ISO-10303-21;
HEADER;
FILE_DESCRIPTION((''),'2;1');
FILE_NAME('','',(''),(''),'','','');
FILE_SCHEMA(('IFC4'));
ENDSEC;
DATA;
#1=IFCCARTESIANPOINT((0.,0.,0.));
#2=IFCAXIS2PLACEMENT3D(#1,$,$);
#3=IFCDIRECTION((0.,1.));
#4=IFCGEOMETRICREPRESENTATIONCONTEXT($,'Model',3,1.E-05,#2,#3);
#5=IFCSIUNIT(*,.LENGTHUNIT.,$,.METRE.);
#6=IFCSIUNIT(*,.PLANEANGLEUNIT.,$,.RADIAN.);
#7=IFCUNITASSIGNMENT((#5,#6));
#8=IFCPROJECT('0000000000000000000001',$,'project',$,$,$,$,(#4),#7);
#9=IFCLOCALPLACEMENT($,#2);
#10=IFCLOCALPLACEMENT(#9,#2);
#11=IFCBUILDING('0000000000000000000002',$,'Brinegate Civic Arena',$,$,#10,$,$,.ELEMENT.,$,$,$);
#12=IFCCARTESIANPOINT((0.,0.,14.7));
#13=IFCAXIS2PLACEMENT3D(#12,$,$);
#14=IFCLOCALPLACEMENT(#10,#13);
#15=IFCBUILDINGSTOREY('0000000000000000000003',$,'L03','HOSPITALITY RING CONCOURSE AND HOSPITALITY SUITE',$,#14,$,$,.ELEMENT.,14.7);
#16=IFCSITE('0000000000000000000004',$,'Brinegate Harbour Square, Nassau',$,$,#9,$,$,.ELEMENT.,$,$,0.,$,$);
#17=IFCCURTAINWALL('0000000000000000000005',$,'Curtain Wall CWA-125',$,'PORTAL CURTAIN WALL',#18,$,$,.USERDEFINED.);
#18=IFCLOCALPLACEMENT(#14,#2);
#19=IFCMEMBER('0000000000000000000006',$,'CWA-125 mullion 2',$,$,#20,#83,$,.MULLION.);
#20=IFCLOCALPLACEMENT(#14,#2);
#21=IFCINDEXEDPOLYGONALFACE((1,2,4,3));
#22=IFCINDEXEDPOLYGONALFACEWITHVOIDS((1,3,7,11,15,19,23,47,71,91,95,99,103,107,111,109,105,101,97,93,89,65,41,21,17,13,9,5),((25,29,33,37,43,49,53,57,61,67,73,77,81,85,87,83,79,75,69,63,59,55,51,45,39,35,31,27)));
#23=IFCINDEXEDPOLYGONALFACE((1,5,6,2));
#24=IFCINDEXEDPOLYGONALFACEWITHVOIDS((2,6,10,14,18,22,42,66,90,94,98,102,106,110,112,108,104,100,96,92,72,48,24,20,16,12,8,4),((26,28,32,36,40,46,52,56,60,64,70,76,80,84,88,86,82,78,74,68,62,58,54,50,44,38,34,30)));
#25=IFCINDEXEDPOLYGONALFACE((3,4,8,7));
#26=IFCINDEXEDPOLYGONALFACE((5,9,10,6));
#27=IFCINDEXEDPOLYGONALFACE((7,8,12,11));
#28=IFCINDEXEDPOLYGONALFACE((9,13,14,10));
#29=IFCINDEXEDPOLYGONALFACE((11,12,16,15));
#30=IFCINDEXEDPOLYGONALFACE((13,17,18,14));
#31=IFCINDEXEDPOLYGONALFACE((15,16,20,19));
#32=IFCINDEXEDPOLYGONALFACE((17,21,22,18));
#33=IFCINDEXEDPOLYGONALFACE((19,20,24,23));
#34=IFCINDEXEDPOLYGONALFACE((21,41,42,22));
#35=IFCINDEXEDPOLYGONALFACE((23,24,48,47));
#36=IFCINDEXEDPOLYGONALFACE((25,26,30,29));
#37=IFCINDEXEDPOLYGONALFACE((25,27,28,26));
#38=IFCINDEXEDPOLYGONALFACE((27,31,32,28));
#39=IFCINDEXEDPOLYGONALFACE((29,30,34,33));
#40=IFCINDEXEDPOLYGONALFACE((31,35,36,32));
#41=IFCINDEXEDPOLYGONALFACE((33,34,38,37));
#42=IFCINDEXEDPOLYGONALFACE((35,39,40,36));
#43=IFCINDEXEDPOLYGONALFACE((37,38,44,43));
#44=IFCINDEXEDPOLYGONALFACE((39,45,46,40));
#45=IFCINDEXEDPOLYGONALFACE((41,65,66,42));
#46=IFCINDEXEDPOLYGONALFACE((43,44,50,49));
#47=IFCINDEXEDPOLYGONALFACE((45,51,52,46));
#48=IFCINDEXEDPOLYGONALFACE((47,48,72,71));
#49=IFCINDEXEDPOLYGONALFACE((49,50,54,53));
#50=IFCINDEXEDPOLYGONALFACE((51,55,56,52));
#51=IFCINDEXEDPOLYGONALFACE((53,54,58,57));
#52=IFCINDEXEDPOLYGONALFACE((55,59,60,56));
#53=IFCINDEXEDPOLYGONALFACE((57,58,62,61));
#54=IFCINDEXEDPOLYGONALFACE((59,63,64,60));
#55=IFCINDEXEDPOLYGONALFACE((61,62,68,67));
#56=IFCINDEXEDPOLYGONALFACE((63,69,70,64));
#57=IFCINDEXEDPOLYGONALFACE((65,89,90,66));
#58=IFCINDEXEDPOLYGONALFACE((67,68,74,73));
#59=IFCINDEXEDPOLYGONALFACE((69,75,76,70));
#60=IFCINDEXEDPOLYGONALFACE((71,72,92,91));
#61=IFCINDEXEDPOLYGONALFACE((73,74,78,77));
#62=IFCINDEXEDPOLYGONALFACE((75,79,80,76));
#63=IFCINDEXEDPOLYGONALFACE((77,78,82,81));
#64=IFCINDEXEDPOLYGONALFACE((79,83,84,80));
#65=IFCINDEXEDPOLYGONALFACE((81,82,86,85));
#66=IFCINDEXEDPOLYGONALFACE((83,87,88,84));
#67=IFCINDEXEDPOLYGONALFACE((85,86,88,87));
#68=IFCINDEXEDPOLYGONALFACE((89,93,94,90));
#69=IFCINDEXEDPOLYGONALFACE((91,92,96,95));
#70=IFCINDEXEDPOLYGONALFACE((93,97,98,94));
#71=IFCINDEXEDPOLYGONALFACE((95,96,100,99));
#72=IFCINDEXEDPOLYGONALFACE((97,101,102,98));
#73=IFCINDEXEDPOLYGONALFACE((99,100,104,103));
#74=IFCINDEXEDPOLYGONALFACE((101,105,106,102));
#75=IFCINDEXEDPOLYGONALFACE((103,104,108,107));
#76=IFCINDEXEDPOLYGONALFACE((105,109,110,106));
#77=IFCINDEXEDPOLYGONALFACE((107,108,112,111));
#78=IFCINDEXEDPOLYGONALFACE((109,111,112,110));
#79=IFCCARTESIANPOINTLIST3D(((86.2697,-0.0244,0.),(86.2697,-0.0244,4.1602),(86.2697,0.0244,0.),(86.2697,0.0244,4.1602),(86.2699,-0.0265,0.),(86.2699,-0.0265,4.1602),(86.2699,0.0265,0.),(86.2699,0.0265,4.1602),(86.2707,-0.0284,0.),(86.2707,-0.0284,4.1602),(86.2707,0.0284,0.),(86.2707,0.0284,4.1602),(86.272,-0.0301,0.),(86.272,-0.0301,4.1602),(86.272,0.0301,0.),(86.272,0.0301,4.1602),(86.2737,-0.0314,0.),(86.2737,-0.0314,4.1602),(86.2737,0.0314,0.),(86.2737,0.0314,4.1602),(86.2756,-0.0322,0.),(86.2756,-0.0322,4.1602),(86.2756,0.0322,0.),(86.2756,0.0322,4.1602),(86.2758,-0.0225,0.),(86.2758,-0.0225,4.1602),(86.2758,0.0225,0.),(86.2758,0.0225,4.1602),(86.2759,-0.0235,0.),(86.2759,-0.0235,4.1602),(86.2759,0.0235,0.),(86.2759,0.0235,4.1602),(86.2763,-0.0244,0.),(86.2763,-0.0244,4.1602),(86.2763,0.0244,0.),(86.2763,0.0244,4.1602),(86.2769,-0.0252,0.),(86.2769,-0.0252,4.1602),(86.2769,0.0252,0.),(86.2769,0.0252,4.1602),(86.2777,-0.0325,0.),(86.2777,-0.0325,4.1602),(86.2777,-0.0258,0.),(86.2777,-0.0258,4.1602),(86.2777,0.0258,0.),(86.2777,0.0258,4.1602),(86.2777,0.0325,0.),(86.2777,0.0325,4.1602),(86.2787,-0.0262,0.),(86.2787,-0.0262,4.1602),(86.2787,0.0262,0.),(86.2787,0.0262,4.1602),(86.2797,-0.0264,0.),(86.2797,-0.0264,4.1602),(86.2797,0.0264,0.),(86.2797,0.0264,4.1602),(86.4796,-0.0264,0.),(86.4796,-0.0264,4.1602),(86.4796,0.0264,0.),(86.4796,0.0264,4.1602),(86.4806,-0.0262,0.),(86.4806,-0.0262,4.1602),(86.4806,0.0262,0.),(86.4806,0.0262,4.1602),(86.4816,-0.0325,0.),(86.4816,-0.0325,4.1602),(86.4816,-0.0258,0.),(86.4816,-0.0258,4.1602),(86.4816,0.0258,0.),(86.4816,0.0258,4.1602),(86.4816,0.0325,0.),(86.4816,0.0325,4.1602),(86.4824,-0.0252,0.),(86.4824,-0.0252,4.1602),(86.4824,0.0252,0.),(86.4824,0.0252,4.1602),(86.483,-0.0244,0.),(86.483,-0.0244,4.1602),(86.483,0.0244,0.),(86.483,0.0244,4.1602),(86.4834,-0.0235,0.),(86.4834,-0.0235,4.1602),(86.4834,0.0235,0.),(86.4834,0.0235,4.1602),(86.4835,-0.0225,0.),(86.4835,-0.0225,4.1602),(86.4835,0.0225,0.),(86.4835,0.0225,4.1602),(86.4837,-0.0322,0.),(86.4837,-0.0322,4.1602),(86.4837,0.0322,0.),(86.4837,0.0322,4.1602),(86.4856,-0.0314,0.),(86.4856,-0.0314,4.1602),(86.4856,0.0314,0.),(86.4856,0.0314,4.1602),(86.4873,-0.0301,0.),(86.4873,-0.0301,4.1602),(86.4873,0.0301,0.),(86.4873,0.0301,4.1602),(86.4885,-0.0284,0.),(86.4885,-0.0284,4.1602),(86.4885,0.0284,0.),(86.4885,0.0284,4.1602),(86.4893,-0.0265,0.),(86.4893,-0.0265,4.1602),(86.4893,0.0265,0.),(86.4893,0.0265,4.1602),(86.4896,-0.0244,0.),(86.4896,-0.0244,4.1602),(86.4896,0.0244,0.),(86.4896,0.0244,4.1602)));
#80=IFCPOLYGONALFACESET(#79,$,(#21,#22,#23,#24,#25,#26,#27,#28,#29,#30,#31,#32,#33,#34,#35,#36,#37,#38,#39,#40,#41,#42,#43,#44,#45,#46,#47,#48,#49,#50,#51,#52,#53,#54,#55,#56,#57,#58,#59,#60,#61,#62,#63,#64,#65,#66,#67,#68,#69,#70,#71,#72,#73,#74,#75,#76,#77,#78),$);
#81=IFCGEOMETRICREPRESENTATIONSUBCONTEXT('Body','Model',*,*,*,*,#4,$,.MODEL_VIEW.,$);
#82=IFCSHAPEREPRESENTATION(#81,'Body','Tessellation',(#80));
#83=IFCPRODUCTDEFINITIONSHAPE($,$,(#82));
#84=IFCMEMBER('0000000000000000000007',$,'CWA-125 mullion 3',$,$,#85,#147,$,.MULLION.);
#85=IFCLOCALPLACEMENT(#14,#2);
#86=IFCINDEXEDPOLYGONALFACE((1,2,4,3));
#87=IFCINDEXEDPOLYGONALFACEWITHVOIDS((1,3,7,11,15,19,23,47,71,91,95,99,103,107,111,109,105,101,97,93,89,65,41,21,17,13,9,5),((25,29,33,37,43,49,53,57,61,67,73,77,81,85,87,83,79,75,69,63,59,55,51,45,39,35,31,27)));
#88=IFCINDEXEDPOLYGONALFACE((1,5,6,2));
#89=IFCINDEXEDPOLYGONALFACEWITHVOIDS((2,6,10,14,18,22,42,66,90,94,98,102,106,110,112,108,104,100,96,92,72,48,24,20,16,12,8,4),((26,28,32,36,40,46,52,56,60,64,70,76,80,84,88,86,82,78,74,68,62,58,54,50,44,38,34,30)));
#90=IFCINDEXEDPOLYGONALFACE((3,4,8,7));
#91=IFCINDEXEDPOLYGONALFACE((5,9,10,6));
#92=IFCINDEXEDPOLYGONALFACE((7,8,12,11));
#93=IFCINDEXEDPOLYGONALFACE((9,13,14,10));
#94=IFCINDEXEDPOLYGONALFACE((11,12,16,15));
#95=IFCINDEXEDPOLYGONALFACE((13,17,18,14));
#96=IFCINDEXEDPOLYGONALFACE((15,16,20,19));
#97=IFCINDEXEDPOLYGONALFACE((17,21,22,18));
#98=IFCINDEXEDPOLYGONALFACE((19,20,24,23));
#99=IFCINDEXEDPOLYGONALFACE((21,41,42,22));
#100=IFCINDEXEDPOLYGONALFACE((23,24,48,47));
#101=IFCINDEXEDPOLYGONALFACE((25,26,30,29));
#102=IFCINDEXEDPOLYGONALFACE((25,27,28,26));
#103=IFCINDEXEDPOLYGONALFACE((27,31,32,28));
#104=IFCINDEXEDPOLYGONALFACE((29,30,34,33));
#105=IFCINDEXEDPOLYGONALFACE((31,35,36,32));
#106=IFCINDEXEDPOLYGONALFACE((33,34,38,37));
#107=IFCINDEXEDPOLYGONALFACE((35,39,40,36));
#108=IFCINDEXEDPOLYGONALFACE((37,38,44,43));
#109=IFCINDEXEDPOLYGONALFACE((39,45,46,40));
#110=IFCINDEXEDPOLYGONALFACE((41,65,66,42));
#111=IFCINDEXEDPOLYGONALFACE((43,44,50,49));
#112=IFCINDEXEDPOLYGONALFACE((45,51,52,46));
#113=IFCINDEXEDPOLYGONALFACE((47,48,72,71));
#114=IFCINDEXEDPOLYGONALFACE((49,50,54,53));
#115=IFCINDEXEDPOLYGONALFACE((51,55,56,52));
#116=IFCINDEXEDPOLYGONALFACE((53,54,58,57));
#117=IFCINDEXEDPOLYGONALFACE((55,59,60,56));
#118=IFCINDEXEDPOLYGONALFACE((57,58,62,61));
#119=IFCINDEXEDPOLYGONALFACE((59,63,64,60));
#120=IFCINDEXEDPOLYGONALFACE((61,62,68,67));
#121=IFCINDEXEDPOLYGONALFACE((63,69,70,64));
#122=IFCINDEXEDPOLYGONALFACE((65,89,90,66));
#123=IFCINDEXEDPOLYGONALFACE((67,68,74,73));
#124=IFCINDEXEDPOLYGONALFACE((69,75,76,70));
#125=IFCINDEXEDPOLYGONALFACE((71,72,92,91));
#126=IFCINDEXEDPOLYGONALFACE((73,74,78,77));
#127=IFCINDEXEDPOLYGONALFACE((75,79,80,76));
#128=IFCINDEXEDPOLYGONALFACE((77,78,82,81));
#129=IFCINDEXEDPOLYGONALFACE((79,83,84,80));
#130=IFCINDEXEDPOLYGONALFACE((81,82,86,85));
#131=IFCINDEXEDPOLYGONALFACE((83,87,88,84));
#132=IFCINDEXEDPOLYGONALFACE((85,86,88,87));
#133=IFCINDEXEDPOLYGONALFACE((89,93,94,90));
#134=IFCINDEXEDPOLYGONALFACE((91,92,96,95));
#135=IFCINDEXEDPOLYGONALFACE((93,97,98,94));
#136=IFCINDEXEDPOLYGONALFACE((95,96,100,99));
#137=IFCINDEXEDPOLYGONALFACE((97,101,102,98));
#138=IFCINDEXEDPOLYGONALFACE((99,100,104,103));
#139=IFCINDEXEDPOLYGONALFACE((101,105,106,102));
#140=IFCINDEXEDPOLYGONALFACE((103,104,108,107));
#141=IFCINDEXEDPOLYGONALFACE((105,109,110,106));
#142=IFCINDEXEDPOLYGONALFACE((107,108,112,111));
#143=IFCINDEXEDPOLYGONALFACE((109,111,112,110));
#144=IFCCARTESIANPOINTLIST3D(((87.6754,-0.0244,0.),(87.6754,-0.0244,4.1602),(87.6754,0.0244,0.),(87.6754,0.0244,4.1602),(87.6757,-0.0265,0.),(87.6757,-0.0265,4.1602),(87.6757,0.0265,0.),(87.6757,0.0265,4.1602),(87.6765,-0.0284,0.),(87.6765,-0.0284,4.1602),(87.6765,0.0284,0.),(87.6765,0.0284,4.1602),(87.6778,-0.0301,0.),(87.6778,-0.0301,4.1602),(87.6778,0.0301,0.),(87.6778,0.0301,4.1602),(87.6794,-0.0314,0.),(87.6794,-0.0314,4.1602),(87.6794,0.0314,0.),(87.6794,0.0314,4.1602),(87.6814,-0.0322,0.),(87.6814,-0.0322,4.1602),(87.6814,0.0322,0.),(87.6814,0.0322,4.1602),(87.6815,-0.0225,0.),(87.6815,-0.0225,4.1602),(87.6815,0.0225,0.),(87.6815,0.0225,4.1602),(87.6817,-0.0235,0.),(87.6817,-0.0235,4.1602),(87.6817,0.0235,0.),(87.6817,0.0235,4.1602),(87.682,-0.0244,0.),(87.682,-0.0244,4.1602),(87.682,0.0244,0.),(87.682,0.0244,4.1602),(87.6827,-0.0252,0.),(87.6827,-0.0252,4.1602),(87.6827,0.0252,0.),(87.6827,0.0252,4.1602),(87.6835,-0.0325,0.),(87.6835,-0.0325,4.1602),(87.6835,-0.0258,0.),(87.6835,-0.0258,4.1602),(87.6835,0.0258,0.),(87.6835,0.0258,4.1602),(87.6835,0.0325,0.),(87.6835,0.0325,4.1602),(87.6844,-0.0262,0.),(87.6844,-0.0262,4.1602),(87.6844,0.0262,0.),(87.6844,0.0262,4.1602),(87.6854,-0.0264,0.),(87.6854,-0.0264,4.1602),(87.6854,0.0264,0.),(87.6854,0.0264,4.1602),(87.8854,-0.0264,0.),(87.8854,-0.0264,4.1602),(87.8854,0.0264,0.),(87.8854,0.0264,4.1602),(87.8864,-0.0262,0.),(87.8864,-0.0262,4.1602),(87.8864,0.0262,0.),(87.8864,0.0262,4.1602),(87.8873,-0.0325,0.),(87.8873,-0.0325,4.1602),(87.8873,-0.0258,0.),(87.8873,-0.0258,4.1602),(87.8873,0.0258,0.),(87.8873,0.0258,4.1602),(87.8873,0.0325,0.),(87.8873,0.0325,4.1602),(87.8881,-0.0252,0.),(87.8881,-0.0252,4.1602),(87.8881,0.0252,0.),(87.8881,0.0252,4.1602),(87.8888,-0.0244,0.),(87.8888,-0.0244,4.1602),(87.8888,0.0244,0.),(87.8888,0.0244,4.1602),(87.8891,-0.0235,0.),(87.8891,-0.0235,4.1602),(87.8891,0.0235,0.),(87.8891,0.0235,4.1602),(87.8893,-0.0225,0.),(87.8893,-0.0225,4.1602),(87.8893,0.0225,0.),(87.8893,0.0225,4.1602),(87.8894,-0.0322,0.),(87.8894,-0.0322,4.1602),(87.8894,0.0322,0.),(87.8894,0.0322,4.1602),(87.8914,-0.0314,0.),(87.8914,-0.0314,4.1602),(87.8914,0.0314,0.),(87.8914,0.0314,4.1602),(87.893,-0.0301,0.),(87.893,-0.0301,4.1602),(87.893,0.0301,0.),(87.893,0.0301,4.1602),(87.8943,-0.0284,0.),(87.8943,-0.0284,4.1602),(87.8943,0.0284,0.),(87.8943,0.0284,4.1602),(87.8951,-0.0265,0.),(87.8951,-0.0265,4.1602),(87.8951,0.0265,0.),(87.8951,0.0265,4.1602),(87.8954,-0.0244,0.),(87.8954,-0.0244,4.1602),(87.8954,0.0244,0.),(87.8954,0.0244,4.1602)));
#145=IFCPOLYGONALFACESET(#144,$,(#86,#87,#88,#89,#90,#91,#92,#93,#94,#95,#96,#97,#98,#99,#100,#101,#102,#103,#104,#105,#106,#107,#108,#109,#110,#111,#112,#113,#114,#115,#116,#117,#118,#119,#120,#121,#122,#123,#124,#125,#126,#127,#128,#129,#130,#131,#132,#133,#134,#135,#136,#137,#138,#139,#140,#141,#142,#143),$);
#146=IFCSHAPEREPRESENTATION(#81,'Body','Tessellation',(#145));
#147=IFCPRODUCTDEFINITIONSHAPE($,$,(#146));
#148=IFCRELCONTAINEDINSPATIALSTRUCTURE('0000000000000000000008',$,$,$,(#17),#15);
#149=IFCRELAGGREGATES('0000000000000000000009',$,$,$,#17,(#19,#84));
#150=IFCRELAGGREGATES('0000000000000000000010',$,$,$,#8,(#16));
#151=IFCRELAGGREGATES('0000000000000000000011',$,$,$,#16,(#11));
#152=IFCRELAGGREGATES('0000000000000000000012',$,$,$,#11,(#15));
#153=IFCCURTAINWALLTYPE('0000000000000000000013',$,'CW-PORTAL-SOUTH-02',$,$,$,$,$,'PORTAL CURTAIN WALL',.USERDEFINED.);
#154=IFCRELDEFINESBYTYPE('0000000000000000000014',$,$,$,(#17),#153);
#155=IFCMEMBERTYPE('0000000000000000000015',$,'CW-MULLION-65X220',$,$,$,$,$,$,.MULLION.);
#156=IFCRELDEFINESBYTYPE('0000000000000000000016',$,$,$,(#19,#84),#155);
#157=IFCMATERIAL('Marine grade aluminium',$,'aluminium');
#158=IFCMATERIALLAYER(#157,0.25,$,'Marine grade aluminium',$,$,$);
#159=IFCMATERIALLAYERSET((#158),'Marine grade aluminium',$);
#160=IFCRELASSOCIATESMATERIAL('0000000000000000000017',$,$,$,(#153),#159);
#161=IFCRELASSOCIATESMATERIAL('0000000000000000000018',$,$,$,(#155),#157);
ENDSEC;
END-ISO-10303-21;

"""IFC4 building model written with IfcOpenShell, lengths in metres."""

from ifc_helpers import new_model, si_unit, direction, frame, origin, origin_2d, place, context, subcontext, project, spatial, hollow_rectangle, extrude, material, layer, layer_set, material_profile, profile_set, type_object, element, aggregate, save


model = new_model("IFC4")

# Units and contexts
model_context = context("Model", 3, precision=1e-05, world=origin(), true_north=direction((0.0, 1.0)))
body_context = subcontext(model_context, "Body", "Model", "MODEL_VIEW")
ifc_project = project(units=[si_unit("LENGTHUNIT", "METRE"), si_unit("PLANEANGLEUNIT", "RADIAN")], contexts=[model_context])

# Site, building, storey
site_placement = place(None, origin())
site = spatial("IfcSite", under=ifc_project, at=site_placement, Name="Brinegate Harbour Square, Nassau", CompositionType="ELEMENT", RefElevation=0.0)
building_placement = place(site_placement, origin())
building = spatial("IfcBuilding", under=site, at=building_placement, Name="Brinegate Civic Arena", CompositionType="ELEMENT")
storey_placement = place(building_placement, frame((0.0, 0.0, 14.7)))
storey = spatial("IfcBuildingStorey", under=building, at=storey_placement, Name="L03", Description="HOSPITALITY RING CONCOURSE AND HOSPITALITY SUITE", CompositionType="ELEMENT", Elevation=14.7)

# Curtain wall, members
ifc_material_1 = material(Name="Marine grade aluminium", Category="aluminium")
ifc_layer_1 = layer(ifc_material_1, 0.25, Name="Marine grade aluminium")
ifc_layer_set_1 = layer_set([ifc_layer_1], Name="Marine grade aluminium")
curtain_wall_type = type_object("IfcCurtainWallType", Name="CW-PORTAL-SOUTH-02", ElementType="PORTAL CURTAIN WALL", PredefinedType="USERDEFINED", material=ifc_layer_set_1)
curtain_wall_placement = place(storey_placement, origin())
curtain_wall = element("IfcCurtainWall", 1, at=curtain_wall_placement, inside=storey, type_object=curtain_wall_type, Name="Curtain Wall CWA-125", ObjectType="PORTAL CURTAIN WALL", PredefinedType="USERDEFINED")
ifc_material_profile_1 = material_profile(ifc_material_1, hollow_rectangle(XDim=0.0649, YDim=0.22, WallThickness=0.0061, InnerFilletRadius=0.0039, OuterFilletRadius=0.0081, at=origin_2d()), Name="MUL65X220")
ifc_profile_set_1 = profile_set([ifc_material_profile_1], Name="Marine grade aluminium")
member_type_1 = type_object("IfcMemberType", Name="CW-MULLION-65X220", PredefinedType="MULLION", material=ifc_profile_set_1)
member_1_placement = place(storey_placement, frame((86.3796, 0.0, 0.0), z_axis=(0.0, 0.0, 1.0), x_axis=(0.0, 1.0, 0.0)))
member_1 = element("IfcMember", 2, at=member_1_placement, type_object=member_type_1, Name="CWA-125 mullion 2", PredefinedType="MULLION", context=body_context, shape_type="SweptSolid", body=[
    extrude(hollow_rectangle(XDim=0.0649, YDim=0.22, WallThickness=0.0061, InnerFilletRadius=0.0039, OuterFilletRadius=0.0081, at=origin_2d()), origin(), (0.0, 0.0, 1.0), 4.1602),
])
member_2_placement = place(storey_placement, frame((87.7854, 0.0, 0.0), z_axis=(0.0, 0.0, 1.0), x_axis=(0.0, 1.0, 0.0)))
member_2 = element("IfcMember", 3, at=member_2_placement, type_object=member_type_1, Name="CWA-125 mullion 3", PredefinedType="MULLION", context=body_context, shape_type="SweptSolid", body=[
    extrude(hollow_rectangle(XDim=0.0649, YDim=0.22, WallThickness=0.0061, InnerFilletRadius=0.0039, OuterFilletRadius=0.0081, at=origin_2d()), origin(), (0.0, 0.0, 1.0), 4.1602),
])
aggregate(curtain_wall, [member_1, member_2])

save(model, "model.ifc")
